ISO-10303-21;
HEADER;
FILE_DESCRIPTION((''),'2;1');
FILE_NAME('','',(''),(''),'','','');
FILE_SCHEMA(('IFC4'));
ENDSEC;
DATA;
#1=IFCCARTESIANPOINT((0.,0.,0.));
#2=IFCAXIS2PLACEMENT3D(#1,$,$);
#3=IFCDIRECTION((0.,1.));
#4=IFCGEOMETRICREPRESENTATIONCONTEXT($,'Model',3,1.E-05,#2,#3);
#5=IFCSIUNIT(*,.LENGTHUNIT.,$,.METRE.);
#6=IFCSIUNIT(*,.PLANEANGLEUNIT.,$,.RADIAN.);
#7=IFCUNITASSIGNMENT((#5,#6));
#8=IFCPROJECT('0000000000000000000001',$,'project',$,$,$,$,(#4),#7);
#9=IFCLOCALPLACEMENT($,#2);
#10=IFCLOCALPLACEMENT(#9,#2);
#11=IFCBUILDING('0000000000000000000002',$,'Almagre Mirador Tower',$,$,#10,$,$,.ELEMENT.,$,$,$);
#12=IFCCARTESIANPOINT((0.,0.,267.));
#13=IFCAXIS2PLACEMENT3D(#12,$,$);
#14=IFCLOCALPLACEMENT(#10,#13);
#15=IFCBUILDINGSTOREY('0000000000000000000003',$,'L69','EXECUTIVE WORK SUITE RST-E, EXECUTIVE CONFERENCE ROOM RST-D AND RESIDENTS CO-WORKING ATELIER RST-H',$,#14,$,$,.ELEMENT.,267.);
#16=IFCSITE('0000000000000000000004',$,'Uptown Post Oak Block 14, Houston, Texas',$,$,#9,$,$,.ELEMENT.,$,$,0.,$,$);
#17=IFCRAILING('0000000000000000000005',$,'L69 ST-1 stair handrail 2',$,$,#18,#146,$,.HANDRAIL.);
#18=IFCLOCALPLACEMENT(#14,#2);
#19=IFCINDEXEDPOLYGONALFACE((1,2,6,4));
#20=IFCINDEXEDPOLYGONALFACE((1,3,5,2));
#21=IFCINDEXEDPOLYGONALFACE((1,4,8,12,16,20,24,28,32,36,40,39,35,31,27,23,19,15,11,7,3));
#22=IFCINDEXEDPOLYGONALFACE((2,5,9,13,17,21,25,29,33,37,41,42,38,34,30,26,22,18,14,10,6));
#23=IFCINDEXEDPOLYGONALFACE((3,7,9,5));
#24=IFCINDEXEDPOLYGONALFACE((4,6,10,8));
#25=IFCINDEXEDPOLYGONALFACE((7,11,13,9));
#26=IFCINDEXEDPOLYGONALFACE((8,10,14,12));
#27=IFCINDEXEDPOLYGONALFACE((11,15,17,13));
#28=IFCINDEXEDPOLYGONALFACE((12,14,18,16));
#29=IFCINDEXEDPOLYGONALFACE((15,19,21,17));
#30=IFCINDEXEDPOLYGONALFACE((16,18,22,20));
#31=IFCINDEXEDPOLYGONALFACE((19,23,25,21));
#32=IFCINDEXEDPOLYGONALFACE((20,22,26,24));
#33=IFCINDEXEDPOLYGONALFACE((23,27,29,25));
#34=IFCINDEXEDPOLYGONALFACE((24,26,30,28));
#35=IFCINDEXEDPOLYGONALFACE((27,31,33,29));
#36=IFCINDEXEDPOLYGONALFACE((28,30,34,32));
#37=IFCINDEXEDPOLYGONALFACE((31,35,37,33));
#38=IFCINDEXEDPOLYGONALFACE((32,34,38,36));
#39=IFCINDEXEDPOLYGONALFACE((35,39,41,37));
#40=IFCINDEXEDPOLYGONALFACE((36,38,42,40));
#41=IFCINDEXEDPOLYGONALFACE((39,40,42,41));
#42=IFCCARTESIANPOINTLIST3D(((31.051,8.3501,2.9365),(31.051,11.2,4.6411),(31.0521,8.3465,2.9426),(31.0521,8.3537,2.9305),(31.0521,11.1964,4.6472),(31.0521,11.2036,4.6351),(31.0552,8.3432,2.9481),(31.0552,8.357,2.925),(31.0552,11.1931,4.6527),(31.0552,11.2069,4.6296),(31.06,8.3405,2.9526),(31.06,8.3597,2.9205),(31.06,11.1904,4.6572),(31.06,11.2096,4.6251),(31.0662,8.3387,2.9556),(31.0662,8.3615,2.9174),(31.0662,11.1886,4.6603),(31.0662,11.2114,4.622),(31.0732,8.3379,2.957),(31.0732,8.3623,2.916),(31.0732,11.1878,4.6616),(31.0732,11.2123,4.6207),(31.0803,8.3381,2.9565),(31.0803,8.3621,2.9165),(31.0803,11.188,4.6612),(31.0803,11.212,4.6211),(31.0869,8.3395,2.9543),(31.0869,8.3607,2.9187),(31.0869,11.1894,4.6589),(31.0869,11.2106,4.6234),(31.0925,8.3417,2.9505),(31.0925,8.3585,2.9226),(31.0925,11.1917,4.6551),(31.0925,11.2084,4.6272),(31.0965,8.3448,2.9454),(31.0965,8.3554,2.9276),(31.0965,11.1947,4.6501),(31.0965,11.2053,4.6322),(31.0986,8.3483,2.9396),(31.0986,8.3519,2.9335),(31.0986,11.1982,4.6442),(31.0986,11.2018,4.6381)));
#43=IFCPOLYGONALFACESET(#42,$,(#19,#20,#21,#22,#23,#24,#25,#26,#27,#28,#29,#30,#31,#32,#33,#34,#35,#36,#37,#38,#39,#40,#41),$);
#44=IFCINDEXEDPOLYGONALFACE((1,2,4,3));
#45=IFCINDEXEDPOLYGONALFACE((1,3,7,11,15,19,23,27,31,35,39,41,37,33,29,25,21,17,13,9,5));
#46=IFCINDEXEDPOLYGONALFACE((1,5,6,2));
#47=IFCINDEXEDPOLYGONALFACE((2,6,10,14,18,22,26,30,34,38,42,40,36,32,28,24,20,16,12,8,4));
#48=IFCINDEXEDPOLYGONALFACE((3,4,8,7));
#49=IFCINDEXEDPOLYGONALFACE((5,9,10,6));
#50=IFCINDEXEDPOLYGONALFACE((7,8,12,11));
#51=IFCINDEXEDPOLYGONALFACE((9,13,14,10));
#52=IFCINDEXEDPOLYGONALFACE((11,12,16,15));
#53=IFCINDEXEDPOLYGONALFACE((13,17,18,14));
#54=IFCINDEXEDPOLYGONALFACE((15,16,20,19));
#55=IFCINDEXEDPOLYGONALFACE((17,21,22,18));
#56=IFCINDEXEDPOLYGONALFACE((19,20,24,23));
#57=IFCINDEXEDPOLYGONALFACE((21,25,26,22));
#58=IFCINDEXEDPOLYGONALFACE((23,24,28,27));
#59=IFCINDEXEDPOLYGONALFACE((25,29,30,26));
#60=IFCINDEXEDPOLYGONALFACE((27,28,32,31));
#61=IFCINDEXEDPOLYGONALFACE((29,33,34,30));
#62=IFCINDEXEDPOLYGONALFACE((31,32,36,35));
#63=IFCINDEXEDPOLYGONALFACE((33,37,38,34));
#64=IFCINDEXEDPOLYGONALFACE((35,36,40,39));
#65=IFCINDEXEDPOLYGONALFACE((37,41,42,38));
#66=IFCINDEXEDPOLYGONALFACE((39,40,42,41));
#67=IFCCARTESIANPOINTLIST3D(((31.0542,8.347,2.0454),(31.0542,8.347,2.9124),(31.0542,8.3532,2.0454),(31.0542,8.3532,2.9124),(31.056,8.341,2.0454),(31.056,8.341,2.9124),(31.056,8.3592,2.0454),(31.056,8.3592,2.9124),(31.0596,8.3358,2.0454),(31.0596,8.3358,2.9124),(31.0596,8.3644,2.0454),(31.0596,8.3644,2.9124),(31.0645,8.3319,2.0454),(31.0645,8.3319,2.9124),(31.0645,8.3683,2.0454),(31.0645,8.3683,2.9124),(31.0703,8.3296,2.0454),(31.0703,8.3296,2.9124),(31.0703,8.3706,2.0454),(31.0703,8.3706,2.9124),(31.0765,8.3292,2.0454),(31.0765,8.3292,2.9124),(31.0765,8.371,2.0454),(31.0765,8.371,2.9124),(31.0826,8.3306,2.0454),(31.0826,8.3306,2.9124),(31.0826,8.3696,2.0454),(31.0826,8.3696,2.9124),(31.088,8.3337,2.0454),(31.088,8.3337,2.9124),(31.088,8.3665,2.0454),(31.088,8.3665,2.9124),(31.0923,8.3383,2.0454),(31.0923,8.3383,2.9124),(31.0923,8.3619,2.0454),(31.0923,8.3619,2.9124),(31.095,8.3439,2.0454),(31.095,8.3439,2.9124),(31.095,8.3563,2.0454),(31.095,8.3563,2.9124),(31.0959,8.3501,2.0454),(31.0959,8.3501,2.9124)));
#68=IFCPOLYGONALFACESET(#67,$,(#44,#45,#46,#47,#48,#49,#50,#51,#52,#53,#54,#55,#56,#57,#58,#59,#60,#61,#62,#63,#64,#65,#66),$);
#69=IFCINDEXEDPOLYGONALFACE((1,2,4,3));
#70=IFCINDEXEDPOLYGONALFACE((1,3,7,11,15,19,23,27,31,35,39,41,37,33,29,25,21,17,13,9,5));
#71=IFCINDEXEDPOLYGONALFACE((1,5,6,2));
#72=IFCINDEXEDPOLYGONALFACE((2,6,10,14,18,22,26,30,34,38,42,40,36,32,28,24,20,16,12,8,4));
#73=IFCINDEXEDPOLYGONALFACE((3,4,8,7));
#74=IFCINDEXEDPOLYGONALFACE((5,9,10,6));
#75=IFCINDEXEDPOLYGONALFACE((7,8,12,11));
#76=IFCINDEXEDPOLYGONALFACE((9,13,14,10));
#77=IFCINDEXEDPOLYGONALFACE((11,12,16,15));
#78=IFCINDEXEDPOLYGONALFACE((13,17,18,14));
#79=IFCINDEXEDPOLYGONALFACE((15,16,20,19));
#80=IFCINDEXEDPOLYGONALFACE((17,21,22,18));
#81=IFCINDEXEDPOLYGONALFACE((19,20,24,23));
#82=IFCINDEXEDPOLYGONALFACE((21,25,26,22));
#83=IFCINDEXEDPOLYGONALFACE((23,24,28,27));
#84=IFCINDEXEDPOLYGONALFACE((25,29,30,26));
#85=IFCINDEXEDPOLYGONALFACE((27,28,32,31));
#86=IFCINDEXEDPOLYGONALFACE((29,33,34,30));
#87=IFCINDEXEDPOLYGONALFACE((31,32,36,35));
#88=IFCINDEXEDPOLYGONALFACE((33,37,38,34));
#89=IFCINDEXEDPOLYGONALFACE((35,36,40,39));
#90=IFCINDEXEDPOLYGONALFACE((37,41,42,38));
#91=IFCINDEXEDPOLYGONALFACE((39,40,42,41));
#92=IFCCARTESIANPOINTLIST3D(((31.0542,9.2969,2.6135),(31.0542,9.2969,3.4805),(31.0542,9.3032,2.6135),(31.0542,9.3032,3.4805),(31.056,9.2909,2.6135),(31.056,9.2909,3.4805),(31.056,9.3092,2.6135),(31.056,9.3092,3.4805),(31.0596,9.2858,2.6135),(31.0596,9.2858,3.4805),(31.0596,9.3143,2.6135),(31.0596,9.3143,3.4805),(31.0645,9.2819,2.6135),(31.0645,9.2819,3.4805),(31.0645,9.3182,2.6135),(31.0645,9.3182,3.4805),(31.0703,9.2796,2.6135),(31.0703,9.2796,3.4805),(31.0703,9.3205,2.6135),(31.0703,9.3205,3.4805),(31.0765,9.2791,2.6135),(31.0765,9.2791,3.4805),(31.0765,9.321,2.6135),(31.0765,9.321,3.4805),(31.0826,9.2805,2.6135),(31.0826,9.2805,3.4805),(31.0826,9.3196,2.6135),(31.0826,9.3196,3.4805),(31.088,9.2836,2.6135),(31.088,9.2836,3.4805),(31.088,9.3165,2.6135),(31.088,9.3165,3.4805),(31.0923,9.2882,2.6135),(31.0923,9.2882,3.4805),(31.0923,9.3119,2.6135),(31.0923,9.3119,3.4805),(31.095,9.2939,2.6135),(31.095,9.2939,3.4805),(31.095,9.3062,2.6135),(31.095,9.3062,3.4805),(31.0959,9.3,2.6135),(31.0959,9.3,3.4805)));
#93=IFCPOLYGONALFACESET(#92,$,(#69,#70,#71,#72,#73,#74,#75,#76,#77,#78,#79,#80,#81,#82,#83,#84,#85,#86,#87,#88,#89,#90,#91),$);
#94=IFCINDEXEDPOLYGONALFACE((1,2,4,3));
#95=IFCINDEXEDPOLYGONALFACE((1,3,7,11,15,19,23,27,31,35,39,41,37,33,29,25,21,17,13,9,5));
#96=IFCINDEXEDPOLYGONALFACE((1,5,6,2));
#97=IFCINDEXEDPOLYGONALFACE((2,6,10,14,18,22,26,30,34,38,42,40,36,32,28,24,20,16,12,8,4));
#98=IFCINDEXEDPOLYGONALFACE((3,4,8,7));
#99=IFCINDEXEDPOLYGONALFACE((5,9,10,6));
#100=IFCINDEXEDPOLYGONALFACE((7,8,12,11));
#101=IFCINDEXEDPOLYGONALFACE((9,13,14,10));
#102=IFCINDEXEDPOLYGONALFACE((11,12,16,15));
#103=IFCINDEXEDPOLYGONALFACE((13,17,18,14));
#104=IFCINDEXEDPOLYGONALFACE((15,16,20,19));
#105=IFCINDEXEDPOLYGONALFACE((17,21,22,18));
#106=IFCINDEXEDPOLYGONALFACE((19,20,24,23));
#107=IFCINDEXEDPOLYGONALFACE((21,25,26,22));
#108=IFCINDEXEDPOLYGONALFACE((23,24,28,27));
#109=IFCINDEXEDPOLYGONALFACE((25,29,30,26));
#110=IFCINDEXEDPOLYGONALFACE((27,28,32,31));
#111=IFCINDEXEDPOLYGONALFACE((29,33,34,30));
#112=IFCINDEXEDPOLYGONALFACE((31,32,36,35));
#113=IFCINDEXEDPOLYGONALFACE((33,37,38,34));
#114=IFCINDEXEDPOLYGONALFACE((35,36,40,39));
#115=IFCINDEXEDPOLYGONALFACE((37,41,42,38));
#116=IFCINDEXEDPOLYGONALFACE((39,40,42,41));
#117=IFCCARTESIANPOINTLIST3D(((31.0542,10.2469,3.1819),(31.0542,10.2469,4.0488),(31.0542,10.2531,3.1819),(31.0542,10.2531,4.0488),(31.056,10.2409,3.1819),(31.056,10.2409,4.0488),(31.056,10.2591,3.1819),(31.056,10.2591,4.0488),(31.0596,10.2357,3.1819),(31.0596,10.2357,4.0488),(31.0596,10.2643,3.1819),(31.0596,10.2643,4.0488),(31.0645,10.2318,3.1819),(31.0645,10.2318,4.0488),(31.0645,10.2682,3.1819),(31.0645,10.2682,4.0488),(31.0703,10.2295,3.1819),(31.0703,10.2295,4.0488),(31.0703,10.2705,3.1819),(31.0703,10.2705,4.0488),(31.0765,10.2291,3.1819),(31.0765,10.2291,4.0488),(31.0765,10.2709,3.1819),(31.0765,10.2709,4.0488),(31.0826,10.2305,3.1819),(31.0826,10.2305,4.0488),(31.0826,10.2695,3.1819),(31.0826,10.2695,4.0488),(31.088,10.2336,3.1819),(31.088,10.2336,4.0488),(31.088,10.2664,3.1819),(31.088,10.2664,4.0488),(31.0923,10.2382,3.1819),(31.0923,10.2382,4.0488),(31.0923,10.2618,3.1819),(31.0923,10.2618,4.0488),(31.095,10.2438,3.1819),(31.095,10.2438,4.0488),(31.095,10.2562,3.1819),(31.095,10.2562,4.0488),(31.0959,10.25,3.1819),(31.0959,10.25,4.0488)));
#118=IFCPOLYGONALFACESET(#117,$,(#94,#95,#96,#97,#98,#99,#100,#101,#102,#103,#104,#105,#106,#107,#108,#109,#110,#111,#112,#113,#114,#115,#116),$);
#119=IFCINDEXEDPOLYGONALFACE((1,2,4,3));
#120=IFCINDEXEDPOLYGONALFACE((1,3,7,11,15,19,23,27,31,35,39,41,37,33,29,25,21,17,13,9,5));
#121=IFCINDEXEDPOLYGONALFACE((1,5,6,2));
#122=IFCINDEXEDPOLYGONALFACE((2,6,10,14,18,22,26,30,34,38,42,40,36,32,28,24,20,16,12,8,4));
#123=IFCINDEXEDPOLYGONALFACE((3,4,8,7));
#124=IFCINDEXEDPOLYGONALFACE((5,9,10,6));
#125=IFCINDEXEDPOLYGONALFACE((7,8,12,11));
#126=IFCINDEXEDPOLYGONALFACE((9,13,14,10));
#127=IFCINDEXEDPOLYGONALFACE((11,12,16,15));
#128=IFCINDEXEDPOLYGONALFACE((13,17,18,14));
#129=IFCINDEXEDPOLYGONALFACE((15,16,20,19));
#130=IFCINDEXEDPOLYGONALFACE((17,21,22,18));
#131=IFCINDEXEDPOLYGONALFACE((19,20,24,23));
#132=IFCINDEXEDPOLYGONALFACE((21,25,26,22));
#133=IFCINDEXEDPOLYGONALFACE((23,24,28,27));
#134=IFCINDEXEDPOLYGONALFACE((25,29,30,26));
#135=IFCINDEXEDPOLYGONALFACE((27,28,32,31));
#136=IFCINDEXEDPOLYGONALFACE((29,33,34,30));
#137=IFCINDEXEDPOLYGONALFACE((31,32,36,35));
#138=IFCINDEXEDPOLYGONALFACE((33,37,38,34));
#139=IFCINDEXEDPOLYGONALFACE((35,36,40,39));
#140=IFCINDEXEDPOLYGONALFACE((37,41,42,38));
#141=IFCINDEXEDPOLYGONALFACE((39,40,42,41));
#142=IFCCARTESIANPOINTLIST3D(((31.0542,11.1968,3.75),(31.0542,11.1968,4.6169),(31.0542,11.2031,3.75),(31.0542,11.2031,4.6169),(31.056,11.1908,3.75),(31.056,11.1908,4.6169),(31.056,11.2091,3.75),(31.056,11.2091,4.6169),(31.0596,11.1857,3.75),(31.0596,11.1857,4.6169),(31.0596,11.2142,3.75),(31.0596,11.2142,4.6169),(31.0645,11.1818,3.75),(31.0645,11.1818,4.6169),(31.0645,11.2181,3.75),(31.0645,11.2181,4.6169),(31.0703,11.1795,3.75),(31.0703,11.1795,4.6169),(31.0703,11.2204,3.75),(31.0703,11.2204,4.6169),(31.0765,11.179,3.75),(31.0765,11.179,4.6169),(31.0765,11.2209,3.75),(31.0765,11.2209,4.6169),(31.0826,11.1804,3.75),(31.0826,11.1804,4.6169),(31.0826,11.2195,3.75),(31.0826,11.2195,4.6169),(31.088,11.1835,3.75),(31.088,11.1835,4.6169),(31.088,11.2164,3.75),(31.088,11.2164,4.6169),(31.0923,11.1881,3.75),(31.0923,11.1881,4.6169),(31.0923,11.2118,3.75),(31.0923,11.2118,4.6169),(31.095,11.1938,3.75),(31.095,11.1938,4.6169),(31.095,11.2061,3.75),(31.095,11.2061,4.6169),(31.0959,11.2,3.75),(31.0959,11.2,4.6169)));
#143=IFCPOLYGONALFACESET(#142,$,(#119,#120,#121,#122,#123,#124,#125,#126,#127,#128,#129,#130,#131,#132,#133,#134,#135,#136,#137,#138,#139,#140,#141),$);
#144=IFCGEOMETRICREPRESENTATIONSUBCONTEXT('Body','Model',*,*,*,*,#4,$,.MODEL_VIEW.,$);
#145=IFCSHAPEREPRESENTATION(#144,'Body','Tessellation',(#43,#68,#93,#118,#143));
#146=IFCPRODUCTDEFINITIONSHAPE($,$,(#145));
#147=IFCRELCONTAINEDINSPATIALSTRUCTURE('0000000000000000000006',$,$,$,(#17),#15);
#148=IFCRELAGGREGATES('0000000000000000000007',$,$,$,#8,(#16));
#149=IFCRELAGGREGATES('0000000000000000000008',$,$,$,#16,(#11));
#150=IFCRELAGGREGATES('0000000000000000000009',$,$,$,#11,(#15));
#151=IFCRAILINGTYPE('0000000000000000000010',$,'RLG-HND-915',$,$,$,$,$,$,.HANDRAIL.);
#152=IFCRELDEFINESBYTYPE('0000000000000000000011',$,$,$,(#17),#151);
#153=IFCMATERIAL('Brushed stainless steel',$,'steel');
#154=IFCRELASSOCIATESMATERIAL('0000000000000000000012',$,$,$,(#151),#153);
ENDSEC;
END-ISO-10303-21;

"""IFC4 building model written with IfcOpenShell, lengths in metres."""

from ifc_helpers import new_model, si_unit, direction, frame, origin, origin_2d, place, context, subcontext, project, spatial, circle, extrude, material, type_object, element, save


model = new_model("IFC4")

# Units and contexts
model_context = context("Model", 3, precision=1e-05, world=origin(), true_north=direction((0.0, 1.0)))
body_context = subcontext(model_context, "Body", "Model", "MODEL_VIEW")
ifc_project = project(units=[si_unit("LENGTHUNIT", "METRE"), si_unit("PLANEANGLEUNIT", "RADIAN")], contexts=[model_context])

# Site, building, storey
site_placement = place(None, origin())
site = spatial("IfcSite", under=ifc_project, at=site_placement, Name="Uptown Post Oak Block 14, Houston, Texas", CompositionType="ELEMENT", RefElevation=0.0)
building_placement = place(site_placement, origin())
building = spatial("IfcBuilding", under=site, at=building_placement, Name="Almagre Mirador Tower", CompositionType="ELEMENT")
storey_placement = place(building_placement, frame((0.0, 0.0, 267.0)))
storey = spatial("IfcBuildingStorey", under=building, at=storey_placement, Name="L69", Description="EXECUTIVE WORK SUITE RST-E, EXECUTIVE CONFERENCE ROOM RST-D AND RESIDENTS CO-WORKING ATELIER RST-H", CompositionType="ELEMENT", Elevation=267.0)

# Railing
ifc_material_1 = material(Name="Brushed stainless steel", Category="steel")
railing_type_1 = type_object("IfcRailingType", Name="RLG-HND-915", PredefinedType="HANDRAIL", material=ifc_material_1)
railing_1_placement = place(storey_placement, frame((31.075, 8.3501, 2.0454)))
element("IfcRailing", 1, at=railing_1_placement, inside=storey, type_object=railing_type_1, Name="L69 ST-1 stair handrail 2", PredefinedType="HANDRAIL", context=body_context, shape_type="SweptSolid", body=[
    extrude(circle(Radius=0.0239, at=origin_2d()), frame((0.0, 0.0, 0.8911), z_axis=(0.0, 0.858199, 0.513317), x_axis=(-1.0, 0.0, 0.0)), (0.0, 0.0, 1.0), 3.3208),
    extrude(circle(Radius=0.021, at=origin_2d()), origin(), (0.0, 0.0, 1.0), 0.8669),
    extrude(circle(Radius=0.021, at=origin_2d()), frame((0.0, 0.95, 0.5681)), (0.0, 0.0, 1.0), 0.8669),
    extrude(circle(Radius=0.021, at=origin_2d()), frame((0.0, 1.8999, 1.1365)), (0.0, 0.0, 1.0), 0.8669),
    extrude(circle(Radius=0.021, at=origin_2d()), frame((0.0, 2.8499, 1.7046)), (0.0, 0.0, 1.0), 0.8669),
])

save(model, "model.ifc")
